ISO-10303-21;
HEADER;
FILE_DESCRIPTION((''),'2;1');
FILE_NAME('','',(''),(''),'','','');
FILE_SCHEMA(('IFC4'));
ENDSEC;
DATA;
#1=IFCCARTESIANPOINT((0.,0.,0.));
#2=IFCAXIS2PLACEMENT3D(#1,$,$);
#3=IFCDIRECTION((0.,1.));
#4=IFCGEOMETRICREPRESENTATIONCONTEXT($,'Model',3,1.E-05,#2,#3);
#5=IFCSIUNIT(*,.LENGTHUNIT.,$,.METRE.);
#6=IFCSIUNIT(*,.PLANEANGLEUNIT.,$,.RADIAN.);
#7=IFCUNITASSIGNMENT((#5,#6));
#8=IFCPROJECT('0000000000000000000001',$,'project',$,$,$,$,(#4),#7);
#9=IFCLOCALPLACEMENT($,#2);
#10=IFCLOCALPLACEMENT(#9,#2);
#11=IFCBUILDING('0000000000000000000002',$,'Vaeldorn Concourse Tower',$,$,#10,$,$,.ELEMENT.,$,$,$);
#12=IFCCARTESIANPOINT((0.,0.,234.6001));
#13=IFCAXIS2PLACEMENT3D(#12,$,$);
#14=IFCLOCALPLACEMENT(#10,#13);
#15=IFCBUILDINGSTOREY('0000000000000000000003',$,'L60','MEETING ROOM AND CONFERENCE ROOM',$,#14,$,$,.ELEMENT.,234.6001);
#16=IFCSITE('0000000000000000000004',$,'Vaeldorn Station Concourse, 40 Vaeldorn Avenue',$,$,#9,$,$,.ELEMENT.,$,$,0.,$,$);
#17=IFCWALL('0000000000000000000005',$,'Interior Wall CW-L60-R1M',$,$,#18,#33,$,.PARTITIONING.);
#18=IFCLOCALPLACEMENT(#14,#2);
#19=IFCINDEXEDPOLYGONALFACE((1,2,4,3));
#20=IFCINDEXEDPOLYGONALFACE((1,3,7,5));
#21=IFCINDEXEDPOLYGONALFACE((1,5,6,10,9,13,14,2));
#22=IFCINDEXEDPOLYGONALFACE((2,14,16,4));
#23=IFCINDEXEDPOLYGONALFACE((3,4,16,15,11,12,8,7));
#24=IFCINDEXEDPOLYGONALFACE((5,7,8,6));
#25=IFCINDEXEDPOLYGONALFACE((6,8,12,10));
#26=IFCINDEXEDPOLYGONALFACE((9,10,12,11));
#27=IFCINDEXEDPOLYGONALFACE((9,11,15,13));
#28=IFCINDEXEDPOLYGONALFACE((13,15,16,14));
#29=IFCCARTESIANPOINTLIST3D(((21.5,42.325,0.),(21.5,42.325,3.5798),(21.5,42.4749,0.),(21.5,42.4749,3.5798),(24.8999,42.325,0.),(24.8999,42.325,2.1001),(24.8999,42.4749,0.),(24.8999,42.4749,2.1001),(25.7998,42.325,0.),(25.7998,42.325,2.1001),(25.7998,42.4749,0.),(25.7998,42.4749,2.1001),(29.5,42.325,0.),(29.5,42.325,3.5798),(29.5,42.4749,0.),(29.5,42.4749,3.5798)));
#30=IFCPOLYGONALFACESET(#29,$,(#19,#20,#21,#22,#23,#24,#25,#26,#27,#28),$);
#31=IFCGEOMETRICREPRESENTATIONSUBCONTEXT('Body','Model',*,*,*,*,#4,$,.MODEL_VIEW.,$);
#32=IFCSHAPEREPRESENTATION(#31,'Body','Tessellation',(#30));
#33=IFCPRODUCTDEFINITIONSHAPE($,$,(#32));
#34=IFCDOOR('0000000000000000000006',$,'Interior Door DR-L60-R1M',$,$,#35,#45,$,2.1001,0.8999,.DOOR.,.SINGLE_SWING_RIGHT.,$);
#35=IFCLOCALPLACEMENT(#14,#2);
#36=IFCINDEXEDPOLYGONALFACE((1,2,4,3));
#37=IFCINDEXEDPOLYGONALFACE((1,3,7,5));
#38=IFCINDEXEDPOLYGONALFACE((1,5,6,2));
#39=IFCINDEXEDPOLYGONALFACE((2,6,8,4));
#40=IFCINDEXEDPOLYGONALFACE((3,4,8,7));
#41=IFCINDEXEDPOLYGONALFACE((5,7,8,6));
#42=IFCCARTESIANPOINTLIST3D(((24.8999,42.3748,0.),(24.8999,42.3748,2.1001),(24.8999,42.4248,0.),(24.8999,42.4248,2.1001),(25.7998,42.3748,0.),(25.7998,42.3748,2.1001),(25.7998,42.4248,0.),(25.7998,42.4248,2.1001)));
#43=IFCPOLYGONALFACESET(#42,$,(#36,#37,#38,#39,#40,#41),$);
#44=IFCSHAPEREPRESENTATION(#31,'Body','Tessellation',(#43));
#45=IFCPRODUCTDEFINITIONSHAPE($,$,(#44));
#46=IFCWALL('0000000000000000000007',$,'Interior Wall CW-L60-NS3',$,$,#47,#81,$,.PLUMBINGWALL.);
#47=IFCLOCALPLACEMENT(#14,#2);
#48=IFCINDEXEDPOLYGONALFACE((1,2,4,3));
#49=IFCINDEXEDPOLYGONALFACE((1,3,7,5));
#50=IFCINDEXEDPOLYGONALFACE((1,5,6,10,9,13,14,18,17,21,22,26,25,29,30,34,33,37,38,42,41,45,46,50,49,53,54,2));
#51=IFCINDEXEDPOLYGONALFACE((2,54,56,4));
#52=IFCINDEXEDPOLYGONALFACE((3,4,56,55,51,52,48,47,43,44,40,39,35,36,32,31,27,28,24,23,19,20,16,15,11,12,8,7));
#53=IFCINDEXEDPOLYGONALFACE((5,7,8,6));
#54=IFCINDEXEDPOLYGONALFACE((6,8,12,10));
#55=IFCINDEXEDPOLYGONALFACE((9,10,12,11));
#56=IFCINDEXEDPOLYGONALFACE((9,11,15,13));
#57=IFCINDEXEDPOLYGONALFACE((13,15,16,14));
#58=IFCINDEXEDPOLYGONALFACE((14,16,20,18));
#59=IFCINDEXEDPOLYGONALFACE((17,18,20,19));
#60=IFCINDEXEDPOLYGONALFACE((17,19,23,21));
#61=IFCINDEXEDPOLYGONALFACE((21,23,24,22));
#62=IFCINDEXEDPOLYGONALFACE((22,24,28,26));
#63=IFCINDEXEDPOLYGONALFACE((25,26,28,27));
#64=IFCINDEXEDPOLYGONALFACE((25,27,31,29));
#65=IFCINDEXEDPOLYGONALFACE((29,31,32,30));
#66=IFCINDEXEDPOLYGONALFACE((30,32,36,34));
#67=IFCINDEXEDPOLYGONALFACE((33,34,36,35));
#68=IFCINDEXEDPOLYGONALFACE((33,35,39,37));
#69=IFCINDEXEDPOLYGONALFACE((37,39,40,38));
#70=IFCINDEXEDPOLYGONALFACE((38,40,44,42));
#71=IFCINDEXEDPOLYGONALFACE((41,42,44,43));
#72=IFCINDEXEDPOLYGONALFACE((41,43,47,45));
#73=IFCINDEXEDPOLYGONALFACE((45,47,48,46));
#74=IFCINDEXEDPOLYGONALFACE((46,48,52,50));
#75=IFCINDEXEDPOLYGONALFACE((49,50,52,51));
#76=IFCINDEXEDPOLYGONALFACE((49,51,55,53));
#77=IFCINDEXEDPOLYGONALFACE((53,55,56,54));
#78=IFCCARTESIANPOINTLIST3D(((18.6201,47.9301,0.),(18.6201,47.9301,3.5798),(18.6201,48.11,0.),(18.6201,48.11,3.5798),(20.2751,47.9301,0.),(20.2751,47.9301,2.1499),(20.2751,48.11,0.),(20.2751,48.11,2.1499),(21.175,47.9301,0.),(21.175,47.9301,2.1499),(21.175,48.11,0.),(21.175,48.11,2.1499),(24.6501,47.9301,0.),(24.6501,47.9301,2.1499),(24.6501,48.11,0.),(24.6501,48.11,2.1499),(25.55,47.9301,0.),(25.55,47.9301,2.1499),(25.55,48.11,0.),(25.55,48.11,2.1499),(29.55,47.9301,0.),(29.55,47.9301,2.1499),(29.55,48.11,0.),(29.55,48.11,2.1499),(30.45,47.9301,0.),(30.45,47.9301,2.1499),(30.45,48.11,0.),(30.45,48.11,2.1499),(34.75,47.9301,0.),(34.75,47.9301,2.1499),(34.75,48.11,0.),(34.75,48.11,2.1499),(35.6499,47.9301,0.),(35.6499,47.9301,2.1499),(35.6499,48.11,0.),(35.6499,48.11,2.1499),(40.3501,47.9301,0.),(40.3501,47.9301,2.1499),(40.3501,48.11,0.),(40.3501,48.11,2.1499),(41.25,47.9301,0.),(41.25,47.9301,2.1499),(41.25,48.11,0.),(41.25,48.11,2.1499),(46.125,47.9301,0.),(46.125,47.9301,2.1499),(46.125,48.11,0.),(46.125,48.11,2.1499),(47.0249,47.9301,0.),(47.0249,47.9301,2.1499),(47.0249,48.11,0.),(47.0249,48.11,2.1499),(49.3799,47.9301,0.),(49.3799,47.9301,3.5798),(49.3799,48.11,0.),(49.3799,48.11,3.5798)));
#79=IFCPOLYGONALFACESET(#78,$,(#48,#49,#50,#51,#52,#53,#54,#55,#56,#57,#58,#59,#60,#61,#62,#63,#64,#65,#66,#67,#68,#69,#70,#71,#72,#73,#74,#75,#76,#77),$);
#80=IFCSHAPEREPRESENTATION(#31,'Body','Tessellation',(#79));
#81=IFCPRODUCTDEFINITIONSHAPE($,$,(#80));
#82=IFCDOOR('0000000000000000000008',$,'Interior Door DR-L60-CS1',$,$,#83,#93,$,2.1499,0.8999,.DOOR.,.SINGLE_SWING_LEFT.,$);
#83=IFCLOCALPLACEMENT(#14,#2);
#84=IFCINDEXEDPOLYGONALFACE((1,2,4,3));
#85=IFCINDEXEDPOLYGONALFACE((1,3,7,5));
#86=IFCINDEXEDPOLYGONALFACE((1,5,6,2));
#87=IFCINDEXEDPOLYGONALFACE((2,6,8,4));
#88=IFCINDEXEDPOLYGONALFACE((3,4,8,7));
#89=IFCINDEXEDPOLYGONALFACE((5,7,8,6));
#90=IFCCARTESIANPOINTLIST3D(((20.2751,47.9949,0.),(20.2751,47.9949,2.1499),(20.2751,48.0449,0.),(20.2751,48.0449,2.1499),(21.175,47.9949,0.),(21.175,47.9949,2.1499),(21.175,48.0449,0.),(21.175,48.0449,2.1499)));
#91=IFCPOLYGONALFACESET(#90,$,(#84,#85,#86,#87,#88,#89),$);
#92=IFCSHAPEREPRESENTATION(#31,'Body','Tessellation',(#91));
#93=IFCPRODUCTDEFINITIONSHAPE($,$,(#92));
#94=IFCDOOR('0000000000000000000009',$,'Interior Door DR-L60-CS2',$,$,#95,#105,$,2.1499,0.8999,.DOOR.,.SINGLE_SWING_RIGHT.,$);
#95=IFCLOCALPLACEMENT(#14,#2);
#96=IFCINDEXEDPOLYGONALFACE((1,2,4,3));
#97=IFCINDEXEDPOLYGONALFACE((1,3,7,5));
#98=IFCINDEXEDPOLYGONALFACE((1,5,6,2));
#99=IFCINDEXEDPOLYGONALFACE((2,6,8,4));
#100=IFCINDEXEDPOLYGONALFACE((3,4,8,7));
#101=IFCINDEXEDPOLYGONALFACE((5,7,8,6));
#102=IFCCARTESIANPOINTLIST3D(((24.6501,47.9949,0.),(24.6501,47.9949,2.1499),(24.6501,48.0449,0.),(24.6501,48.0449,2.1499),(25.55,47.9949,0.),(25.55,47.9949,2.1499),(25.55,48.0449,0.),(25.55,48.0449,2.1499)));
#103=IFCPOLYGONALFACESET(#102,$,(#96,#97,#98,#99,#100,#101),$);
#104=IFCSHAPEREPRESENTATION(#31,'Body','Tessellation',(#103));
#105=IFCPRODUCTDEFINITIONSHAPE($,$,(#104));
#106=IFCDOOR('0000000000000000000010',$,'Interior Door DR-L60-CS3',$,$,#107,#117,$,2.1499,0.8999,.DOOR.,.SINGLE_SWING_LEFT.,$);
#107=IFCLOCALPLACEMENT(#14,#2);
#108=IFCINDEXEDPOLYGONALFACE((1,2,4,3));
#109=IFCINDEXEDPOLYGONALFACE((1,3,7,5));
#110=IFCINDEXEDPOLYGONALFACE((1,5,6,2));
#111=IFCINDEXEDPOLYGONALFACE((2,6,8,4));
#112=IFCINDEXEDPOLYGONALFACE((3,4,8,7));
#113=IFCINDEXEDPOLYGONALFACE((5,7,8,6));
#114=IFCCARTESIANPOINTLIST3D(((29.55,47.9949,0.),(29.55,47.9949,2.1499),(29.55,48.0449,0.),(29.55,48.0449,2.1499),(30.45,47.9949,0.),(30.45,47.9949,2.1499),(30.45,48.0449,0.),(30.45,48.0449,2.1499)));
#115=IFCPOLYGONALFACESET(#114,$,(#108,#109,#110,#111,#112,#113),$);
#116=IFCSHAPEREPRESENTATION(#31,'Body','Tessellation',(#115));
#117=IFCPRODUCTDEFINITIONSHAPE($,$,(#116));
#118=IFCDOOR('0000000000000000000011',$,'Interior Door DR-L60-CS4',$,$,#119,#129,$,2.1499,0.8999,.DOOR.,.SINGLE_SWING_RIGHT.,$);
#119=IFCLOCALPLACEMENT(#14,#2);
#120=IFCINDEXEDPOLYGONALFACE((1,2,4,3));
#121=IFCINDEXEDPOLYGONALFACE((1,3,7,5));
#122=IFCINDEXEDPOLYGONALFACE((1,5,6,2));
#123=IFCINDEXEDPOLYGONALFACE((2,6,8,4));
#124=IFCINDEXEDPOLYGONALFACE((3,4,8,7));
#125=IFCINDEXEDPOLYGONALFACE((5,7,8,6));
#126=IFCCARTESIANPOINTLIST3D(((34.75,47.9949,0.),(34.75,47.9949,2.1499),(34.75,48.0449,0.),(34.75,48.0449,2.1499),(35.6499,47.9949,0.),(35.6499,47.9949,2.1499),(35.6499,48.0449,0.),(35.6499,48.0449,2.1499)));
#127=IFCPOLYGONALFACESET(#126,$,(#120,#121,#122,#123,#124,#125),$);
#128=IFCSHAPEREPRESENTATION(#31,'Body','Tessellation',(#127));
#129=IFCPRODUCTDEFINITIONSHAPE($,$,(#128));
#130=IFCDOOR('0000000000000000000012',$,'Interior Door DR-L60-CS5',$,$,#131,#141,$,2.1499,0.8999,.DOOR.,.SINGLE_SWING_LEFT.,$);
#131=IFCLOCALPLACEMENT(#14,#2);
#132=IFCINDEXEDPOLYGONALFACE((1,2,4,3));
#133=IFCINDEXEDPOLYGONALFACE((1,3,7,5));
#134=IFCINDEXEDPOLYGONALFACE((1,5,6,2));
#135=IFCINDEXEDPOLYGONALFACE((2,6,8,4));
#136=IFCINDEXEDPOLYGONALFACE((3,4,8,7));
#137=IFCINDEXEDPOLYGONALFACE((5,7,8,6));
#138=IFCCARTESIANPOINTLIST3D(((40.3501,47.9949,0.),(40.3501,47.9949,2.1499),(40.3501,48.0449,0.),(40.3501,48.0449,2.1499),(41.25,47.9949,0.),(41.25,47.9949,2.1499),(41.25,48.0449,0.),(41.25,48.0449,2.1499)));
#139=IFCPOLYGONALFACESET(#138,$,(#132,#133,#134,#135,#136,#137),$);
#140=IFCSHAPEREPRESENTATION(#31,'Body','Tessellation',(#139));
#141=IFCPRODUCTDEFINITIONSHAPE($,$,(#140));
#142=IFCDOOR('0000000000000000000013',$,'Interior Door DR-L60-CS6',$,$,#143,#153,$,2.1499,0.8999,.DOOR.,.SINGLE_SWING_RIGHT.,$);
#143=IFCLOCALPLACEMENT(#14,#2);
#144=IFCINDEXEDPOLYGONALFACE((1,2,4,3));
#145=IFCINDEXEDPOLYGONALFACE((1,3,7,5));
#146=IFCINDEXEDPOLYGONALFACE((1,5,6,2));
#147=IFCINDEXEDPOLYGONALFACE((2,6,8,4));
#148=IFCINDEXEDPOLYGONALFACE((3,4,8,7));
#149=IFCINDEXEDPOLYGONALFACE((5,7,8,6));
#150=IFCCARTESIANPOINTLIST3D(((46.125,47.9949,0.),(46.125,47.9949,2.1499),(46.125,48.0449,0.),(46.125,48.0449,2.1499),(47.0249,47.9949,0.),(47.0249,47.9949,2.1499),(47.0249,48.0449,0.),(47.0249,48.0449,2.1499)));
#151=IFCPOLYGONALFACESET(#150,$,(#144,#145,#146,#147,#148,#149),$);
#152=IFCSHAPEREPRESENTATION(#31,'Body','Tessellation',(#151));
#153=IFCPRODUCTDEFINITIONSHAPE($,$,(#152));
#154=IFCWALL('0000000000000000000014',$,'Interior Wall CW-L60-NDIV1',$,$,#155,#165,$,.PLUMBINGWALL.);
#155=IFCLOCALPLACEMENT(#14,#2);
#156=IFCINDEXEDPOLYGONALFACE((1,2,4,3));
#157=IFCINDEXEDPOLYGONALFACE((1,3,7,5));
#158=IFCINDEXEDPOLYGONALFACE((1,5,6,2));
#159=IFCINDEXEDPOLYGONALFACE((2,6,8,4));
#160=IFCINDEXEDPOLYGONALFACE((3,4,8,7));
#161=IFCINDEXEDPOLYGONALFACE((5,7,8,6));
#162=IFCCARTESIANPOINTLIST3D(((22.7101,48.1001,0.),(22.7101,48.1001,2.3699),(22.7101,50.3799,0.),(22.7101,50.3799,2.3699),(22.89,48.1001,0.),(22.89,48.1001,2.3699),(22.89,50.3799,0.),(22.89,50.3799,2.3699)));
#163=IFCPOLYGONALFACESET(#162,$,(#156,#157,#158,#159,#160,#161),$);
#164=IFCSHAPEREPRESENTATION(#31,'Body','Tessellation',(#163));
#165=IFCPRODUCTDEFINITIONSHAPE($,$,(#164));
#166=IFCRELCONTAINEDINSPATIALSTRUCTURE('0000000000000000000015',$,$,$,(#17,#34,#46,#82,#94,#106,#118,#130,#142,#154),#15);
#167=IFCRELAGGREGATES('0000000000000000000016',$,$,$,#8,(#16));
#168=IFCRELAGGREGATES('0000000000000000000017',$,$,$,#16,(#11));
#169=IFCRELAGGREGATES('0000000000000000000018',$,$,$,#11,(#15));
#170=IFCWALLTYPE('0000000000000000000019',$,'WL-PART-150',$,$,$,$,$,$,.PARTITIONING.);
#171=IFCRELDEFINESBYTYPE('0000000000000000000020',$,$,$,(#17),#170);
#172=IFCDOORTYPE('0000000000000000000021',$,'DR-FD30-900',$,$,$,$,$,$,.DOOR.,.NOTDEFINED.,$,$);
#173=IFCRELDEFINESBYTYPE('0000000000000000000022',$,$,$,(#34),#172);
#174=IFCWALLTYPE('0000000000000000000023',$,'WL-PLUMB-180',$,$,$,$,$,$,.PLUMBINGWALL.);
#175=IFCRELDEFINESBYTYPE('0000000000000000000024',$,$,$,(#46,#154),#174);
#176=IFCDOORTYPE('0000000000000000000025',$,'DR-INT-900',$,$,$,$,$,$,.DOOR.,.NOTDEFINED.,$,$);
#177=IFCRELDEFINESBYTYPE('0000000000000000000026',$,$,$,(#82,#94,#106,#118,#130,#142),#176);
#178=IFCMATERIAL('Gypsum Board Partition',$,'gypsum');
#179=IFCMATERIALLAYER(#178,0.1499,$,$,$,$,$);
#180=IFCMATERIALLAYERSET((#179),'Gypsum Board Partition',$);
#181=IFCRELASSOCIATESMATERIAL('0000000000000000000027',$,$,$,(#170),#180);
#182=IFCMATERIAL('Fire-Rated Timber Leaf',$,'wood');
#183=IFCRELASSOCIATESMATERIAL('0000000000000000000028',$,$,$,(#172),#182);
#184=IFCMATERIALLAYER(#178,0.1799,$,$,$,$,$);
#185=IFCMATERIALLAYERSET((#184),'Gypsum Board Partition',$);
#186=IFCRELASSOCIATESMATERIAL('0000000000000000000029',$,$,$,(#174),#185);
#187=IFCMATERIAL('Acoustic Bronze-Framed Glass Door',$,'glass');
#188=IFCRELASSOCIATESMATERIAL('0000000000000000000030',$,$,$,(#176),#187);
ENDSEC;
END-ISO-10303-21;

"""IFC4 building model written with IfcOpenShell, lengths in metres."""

from ifc_helpers import new_model, si_unit, direction, frame, frame_2d, origin, place, context, subcontext, project, spatial, rectangle, extrude, source, transform, mapped, material, layer, layer_set, type_object, element, fill, save


model = new_model("IFC4")

# Units and contexts
model_context = context("Model", 3, precision=1e-05, world=origin(), true_north=direction((0.0, 1.0)))
body_context = subcontext(model_context, "Body", "Model", "MODEL_VIEW")
ifc_project = project(units=[si_unit("LENGTHUNIT", "METRE"), si_unit("PLANEANGLEUNIT", "RADIAN")], contexts=[model_context])

# Site, building, storey
site_placement = place(None, origin())
site = spatial("IfcSite", under=ifc_project, at=site_placement, Name="Vaeldorn Station Concourse, 40 Vaeldorn Avenue", CompositionType="ELEMENT", RefElevation=0.0)
building_placement = place(site_placement, origin())
building = spatial("IfcBuilding", under=site, at=building_placement, Name="Vaeldorn Concourse Tower", CompositionType="ELEMENT")
storey_placement = place(building_placement, frame((0.0, 0.0, 234.6001)))
storey = spatial("IfcBuildingStorey", under=building, at=storey_placement, Name="L60", Description="MEETING ROOM AND CONFERENCE ROOM", CompositionType="ELEMENT", Elevation=234.6001)

# Shared definitions
ifc_material_1 = material(Name="Gypsum Board Partition", Category="gypsum")
ifc_layer_1 = layer(ifc_material_1, 0.1499)
ifc_layer_set_1 = layer_set([ifc_layer_1], Name="Gypsum Board Partition")
wall_type_1 = type_object("IfcWallType", Name="WL-PART-150", PredefinedType="PARTITIONING", material=ifc_layer_set_1)

# Wall, opening, door
wall_1_placement = place(storey_placement, frame((21.5, 42.3999, 0.0), z_axis=(0.0, 0.0, 1.0), x_axis=(1.0, 0.0, 0.0)))
wall_1 = element("IfcWall", 1, at=wall_1_placement, inside=storey, type_object=wall_type_1, Name="Interior Wall CW-L60-R1M", PredefinedType="PARTITIONING", context=body_context, shape_type="SweptSolid", body=[
    extrude(rectangle(XDim=8.0, YDim=0.1499, at=frame_2d((4.0, 0.0))), origin(), (0.0, 0.0, 1.0), 3.5798),
])
opening_1_placement = place(wall_1_placement, frame((3.3999, 0.0, 0.0)))
opening_1 = element("IfcOpeningElement", 2, at=opening_1_placement, cuts=wall_1, PredefinedType="OPENING", context=body_context, shape_type="SweptSolid", body=[
    extrude(rectangle(XDim=0.8999, YDim=2.1001, at=frame_2d((0.45, 1.05))), frame((0.0, 0.085, 0.0), z_axis=(0.0, -1.0, 0.0), x_axis=(1.0, 0.0, 0.0)), (0.0, 0.0, 1.0), 0.1699),
])
ifc_material_2 = material(Name="Fire-Rated Timber Leaf", Category="wood")
door_type_1 = type_object("IfcDoorType", Name="DR-FD30-900", OperationType="NOTDEFINED", PredefinedType="DOOR", material=ifc_material_2)
shared_shape_1 = source(origin(), body_context, "Body", "SweptSolid", [
    extrude(rectangle(XDim=0.8999, YDim=2.1001, at=frame_2d((0.45, 1.05))), frame((0.0, 0.0249, 0.0), z_axis=(0.0, -1.0, 0.0), x_axis=(1.0, 0.0, 0.0)), (0.0, 0.0, 1.0), 0.05),
])
door_1_placement = place(opening_1_placement, origin())
door_1 = element("IfcDoor", 3, at=door_1_placement, inside=storey, type_object=door_type_1, Name="Interior Door DR-L60-R1M", OperationType="SINGLE_SWING_RIGHT", OverallHeight=2.1001, OverallWidth=0.8999, PredefinedType="DOOR", context=body_context, shape_type="MappedRepresentation", body=[
    mapped(shared_shape_1, transform((0.0, 0.0, 0.0), scale=1.0)),
])
fill(opening_1, door_1)

# Wall, openings, doors
ifc_layer_2 = layer(ifc_material_1, 0.1799)
ifc_layer_set_2 = layer_set([ifc_layer_2], Name="Gypsum Board Partition")
wall_type_2 = type_object("IfcWallType", Name="WL-PLUMB-180", PredefinedType="PLUMBINGWALL", material=ifc_layer_set_2)
wall_2_placement = place(storey_placement, frame((18.6201, 48.02, 0.0), z_axis=(0.0, 0.0, 1.0), x_axis=(1.0, 0.0, 0.0)))
wall_2 = element("IfcWall", 4, at=wall_2_placement, inside=storey, type_object=wall_type_2, Name="Interior Wall CW-L60-NS3", PredefinedType="PLUMBINGWALL", context=body_context, shape_type="SweptSolid", body=[
    extrude(rectangle(XDim=30.7598, YDim=0.1799, at=frame_2d((15.3799, 0.0))), origin(), (0.0, 0.0, 1.0), 3.5798),
])
opening_2_placement = place(wall_2_placement, frame((1.655, 0.0, 0.0)))
opening_2 = element("IfcOpeningElement", 5, at=opening_2_placement, cuts=wall_2, PredefinedType="OPENING", context=body_context, shape_type="SweptSolid", body=[
    extrude(rectangle(XDim=0.8999, YDim=2.1499, at=frame_2d((0.45, 1.075))), frame((0.0, 0.1001, 0.0), z_axis=(0.0, -1.0, 0.0), x_axis=(1.0, 0.0, 0.0)), (0.0, 0.0, 1.0), 0.2),
])
opening_3_placement = place(wall_2_placement, frame((6.03, 0.0, 0.0)))
opening_3 = element("IfcOpeningElement", 6, at=opening_3_placement, cuts=wall_2, PredefinedType="OPENING", context=body_context, shape_type="SweptSolid", body=[
    extrude(rectangle(XDim=0.8999, YDim=2.1499, at=frame_2d((0.45, 1.075))), frame((0.0, 0.1001, 0.0), z_axis=(0.0, -1.0, 0.0), x_axis=(1.0, 0.0, 0.0)), (0.0, 0.0, 1.0), 0.2),
])
opening_4_placement = place(wall_2_placement, frame((10.9299, 0.0, 0.0)))
opening_4 = element("IfcOpeningElement", 7, at=opening_4_placement, cuts=wall_2, PredefinedType="OPENING", context=body_context, shape_type="SweptSolid", body=[
    extrude(rectangle(XDim=0.8999, YDim=2.1499, at=frame_2d((0.45, 1.075))), frame((0.0, 0.1001, 0.0), z_axis=(0.0, -1.0, 0.0), x_axis=(1.0, 0.0, 0.0)), (0.0, 0.0, 1.0), 0.2),
])
opening_5_placement = place(wall_2_placement, frame((16.1299, 0.0, 0.0)))
opening_5 = element("IfcOpeningElement", 8, at=opening_5_placement, cuts=wall_2, PredefinedType="OPENING", context=body_context, shape_type="SweptSolid", body=[
    extrude(rectangle(XDim=0.8999, YDim=2.1499, at=frame_2d((0.45, 1.075))), frame((0.0, 0.1001, 0.0), z_axis=(0.0, -1.0, 0.0), x_axis=(1.0, 0.0, 0.0)), (0.0, 0.0, 1.0), 0.2),
])
opening_6_placement = place(wall_2_placement, frame((21.73, 0.0, 0.0)))
opening_6 = element("IfcOpeningElement", 9, at=opening_6_placement, cuts=wall_2, PredefinedType="OPENING", context=body_context, shape_type="SweptSolid", body=[
    extrude(rectangle(XDim=0.8999, YDim=2.1499, at=frame_2d((0.45, 1.075))), frame((0.0, 0.1001, 0.0), z_axis=(0.0, -1.0, 0.0), x_axis=(1.0, 0.0, 0.0)), (0.0, 0.0, 1.0), 0.2),
])
opening_7_placement = place(wall_2_placement, frame((27.5049, 0.0, 0.0)))
opening_7 = element("IfcOpeningElement", 10, at=opening_7_placement, cuts=wall_2, PredefinedType="OPENING", context=body_context, shape_type="SweptSolid", body=[
    extrude(rectangle(XDim=0.8999, YDim=2.1499, at=frame_2d((0.45, 1.075))), frame((0.0, 0.1001, 0.0), z_axis=(0.0, -1.0, 0.0), x_axis=(1.0, 0.0, 0.0)), (0.0, 0.0, 1.0), 0.2),
])
ifc_material_3 = material(Name="Acoustic Bronze-Framed Glass Door", Category="glass")
door_type_2 = type_object("IfcDoorType", Name="DR-INT-900", OperationType="NOTDEFINED", PredefinedType="DOOR", material=ifc_material_3)
shared_shape_2 = source(origin(), body_context, "Body", "SweptSolid", [
    extrude(rectangle(XDim=0.8999, YDim=2.1499, at=frame_2d((0.45, 1.075))), frame((0.0, 0.0249, 0.0), z_axis=(0.0, -1.0, 0.0), x_axis=(1.0, 0.0, 0.0)), (0.0, 0.0, 1.0), 0.05),
])
door_2_placement = place(opening_2_placement, origin())
door_2 = element("IfcDoor", 11, at=door_2_placement, inside=storey, type_object=door_type_2, Name="Interior Door DR-L60-CS1", OperationType="SINGLE_SWING_LEFT", OverallHeight=2.1499, OverallWidth=0.8999, PredefinedType="DOOR", context=body_context, shape_type="MappedRepresentation", body=[
    mapped(shared_shape_2, transform((0.0, 0.0, 0.0), scale=1.0)),
])
fill(opening_2, door_2)
door_3_placement = place(opening_3_placement, origin())
door_3 = element("IfcDoor", 12, at=door_3_placement, inside=storey, type_object=door_type_2, Name="Interior Door DR-L60-CS2", OperationType="SINGLE_SWING_RIGHT", OverallHeight=2.1499, OverallWidth=0.8999, PredefinedType="DOOR", context=body_context, shape_type="MappedRepresentation", body=[
    mapped(shared_shape_2, transform((0.0, 0.0, 0.0), scale=1.0)),
])
fill(opening_3, door_3)
door_4_placement = place(opening_4_placement, origin())
door_4 = element("IfcDoor", 13, at=door_4_placement, inside=storey, type_object=door_type_2, Name="Interior Door DR-L60-CS3", OperationType="SINGLE_SWING_LEFT", OverallHeight=2.1499, OverallWidth=0.8999, PredefinedType="DOOR", context=body_context, shape_type="MappedRepresentation", body=[
    mapped(shared_shape_2, transform((0.0, 0.0, 0.0), scale=1.0)),
])
fill(opening_4, door_4)
door_5_placement = place(opening_5_placement, origin())
door_5 = element("IfcDoor", 14, at=door_5_placement, inside=storey, type_object=door_type_2, Name="Interior Door DR-L60-CS4", OperationType="SINGLE_SWING_RIGHT", OverallHeight=2.1499, OverallWidth=0.8999, PredefinedType="DOOR", context=body_context, shape_type="MappedRepresentation", body=[
    mapped(shared_shape_2, transform((0.0, 0.0, 0.0), scale=1.0)),
])
fill(opening_5, door_5)
door_6_placement = place(opening_6_placement, origin())
door_6 = element("IfcDoor", 15, at=door_6_placement, inside=storey, type_object=door_type_2, Name="Interior Door DR-L60-CS5", OperationType="SINGLE_SWING_LEFT", OverallHeight=2.1499, OverallWidth=0.8999, PredefinedType="DOOR", context=body_context, shape_type="MappedRepresentation", body=[
    mapped(shared_shape_2, transform((0.0, 0.0, 0.0), scale=1.0)),
])
fill(opening_6, door_6)
door_7_placement = place(opening_7_placement, origin())
door_7 = element("IfcDoor", 16, at=door_7_placement, inside=storey, type_object=door_type_2, Name="Interior Door DR-L60-CS6", OperationType="SINGLE_SWING_RIGHT", OverallHeight=2.1499, OverallWidth=0.8999, PredefinedType="DOOR", context=body_context, shape_type="MappedRepresentation", body=[
    mapped(shared_shape_2, transform((0.0, 0.0, 0.0), scale=1.0)),
])
fill(opening_7, door_7)

# Wall
wall_3_placement = place(storey_placement, frame((22.8, 48.1001, 0.0), z_axis=(0.0, 0.0, 1.0), x_axis=(0.0, 1.0, 0.0)))
element("IfcWall", 17, at=wall_3_placement, inside=storey, type_object=wall_type_2, Name="Interior Wall CW-L60-NDIV1", PredefinedType="PLUMBINGWALL", context=body_context, shape_type="SweptSolid", body=[
    extrude(rectangle(XDim=2.2798, YDim=0.1799, at=frame_2d((1.1399, 0.0))), origin(), (0.0, 0.0, 1.0), 2.3699),
])

save(model, "model.ifc")
